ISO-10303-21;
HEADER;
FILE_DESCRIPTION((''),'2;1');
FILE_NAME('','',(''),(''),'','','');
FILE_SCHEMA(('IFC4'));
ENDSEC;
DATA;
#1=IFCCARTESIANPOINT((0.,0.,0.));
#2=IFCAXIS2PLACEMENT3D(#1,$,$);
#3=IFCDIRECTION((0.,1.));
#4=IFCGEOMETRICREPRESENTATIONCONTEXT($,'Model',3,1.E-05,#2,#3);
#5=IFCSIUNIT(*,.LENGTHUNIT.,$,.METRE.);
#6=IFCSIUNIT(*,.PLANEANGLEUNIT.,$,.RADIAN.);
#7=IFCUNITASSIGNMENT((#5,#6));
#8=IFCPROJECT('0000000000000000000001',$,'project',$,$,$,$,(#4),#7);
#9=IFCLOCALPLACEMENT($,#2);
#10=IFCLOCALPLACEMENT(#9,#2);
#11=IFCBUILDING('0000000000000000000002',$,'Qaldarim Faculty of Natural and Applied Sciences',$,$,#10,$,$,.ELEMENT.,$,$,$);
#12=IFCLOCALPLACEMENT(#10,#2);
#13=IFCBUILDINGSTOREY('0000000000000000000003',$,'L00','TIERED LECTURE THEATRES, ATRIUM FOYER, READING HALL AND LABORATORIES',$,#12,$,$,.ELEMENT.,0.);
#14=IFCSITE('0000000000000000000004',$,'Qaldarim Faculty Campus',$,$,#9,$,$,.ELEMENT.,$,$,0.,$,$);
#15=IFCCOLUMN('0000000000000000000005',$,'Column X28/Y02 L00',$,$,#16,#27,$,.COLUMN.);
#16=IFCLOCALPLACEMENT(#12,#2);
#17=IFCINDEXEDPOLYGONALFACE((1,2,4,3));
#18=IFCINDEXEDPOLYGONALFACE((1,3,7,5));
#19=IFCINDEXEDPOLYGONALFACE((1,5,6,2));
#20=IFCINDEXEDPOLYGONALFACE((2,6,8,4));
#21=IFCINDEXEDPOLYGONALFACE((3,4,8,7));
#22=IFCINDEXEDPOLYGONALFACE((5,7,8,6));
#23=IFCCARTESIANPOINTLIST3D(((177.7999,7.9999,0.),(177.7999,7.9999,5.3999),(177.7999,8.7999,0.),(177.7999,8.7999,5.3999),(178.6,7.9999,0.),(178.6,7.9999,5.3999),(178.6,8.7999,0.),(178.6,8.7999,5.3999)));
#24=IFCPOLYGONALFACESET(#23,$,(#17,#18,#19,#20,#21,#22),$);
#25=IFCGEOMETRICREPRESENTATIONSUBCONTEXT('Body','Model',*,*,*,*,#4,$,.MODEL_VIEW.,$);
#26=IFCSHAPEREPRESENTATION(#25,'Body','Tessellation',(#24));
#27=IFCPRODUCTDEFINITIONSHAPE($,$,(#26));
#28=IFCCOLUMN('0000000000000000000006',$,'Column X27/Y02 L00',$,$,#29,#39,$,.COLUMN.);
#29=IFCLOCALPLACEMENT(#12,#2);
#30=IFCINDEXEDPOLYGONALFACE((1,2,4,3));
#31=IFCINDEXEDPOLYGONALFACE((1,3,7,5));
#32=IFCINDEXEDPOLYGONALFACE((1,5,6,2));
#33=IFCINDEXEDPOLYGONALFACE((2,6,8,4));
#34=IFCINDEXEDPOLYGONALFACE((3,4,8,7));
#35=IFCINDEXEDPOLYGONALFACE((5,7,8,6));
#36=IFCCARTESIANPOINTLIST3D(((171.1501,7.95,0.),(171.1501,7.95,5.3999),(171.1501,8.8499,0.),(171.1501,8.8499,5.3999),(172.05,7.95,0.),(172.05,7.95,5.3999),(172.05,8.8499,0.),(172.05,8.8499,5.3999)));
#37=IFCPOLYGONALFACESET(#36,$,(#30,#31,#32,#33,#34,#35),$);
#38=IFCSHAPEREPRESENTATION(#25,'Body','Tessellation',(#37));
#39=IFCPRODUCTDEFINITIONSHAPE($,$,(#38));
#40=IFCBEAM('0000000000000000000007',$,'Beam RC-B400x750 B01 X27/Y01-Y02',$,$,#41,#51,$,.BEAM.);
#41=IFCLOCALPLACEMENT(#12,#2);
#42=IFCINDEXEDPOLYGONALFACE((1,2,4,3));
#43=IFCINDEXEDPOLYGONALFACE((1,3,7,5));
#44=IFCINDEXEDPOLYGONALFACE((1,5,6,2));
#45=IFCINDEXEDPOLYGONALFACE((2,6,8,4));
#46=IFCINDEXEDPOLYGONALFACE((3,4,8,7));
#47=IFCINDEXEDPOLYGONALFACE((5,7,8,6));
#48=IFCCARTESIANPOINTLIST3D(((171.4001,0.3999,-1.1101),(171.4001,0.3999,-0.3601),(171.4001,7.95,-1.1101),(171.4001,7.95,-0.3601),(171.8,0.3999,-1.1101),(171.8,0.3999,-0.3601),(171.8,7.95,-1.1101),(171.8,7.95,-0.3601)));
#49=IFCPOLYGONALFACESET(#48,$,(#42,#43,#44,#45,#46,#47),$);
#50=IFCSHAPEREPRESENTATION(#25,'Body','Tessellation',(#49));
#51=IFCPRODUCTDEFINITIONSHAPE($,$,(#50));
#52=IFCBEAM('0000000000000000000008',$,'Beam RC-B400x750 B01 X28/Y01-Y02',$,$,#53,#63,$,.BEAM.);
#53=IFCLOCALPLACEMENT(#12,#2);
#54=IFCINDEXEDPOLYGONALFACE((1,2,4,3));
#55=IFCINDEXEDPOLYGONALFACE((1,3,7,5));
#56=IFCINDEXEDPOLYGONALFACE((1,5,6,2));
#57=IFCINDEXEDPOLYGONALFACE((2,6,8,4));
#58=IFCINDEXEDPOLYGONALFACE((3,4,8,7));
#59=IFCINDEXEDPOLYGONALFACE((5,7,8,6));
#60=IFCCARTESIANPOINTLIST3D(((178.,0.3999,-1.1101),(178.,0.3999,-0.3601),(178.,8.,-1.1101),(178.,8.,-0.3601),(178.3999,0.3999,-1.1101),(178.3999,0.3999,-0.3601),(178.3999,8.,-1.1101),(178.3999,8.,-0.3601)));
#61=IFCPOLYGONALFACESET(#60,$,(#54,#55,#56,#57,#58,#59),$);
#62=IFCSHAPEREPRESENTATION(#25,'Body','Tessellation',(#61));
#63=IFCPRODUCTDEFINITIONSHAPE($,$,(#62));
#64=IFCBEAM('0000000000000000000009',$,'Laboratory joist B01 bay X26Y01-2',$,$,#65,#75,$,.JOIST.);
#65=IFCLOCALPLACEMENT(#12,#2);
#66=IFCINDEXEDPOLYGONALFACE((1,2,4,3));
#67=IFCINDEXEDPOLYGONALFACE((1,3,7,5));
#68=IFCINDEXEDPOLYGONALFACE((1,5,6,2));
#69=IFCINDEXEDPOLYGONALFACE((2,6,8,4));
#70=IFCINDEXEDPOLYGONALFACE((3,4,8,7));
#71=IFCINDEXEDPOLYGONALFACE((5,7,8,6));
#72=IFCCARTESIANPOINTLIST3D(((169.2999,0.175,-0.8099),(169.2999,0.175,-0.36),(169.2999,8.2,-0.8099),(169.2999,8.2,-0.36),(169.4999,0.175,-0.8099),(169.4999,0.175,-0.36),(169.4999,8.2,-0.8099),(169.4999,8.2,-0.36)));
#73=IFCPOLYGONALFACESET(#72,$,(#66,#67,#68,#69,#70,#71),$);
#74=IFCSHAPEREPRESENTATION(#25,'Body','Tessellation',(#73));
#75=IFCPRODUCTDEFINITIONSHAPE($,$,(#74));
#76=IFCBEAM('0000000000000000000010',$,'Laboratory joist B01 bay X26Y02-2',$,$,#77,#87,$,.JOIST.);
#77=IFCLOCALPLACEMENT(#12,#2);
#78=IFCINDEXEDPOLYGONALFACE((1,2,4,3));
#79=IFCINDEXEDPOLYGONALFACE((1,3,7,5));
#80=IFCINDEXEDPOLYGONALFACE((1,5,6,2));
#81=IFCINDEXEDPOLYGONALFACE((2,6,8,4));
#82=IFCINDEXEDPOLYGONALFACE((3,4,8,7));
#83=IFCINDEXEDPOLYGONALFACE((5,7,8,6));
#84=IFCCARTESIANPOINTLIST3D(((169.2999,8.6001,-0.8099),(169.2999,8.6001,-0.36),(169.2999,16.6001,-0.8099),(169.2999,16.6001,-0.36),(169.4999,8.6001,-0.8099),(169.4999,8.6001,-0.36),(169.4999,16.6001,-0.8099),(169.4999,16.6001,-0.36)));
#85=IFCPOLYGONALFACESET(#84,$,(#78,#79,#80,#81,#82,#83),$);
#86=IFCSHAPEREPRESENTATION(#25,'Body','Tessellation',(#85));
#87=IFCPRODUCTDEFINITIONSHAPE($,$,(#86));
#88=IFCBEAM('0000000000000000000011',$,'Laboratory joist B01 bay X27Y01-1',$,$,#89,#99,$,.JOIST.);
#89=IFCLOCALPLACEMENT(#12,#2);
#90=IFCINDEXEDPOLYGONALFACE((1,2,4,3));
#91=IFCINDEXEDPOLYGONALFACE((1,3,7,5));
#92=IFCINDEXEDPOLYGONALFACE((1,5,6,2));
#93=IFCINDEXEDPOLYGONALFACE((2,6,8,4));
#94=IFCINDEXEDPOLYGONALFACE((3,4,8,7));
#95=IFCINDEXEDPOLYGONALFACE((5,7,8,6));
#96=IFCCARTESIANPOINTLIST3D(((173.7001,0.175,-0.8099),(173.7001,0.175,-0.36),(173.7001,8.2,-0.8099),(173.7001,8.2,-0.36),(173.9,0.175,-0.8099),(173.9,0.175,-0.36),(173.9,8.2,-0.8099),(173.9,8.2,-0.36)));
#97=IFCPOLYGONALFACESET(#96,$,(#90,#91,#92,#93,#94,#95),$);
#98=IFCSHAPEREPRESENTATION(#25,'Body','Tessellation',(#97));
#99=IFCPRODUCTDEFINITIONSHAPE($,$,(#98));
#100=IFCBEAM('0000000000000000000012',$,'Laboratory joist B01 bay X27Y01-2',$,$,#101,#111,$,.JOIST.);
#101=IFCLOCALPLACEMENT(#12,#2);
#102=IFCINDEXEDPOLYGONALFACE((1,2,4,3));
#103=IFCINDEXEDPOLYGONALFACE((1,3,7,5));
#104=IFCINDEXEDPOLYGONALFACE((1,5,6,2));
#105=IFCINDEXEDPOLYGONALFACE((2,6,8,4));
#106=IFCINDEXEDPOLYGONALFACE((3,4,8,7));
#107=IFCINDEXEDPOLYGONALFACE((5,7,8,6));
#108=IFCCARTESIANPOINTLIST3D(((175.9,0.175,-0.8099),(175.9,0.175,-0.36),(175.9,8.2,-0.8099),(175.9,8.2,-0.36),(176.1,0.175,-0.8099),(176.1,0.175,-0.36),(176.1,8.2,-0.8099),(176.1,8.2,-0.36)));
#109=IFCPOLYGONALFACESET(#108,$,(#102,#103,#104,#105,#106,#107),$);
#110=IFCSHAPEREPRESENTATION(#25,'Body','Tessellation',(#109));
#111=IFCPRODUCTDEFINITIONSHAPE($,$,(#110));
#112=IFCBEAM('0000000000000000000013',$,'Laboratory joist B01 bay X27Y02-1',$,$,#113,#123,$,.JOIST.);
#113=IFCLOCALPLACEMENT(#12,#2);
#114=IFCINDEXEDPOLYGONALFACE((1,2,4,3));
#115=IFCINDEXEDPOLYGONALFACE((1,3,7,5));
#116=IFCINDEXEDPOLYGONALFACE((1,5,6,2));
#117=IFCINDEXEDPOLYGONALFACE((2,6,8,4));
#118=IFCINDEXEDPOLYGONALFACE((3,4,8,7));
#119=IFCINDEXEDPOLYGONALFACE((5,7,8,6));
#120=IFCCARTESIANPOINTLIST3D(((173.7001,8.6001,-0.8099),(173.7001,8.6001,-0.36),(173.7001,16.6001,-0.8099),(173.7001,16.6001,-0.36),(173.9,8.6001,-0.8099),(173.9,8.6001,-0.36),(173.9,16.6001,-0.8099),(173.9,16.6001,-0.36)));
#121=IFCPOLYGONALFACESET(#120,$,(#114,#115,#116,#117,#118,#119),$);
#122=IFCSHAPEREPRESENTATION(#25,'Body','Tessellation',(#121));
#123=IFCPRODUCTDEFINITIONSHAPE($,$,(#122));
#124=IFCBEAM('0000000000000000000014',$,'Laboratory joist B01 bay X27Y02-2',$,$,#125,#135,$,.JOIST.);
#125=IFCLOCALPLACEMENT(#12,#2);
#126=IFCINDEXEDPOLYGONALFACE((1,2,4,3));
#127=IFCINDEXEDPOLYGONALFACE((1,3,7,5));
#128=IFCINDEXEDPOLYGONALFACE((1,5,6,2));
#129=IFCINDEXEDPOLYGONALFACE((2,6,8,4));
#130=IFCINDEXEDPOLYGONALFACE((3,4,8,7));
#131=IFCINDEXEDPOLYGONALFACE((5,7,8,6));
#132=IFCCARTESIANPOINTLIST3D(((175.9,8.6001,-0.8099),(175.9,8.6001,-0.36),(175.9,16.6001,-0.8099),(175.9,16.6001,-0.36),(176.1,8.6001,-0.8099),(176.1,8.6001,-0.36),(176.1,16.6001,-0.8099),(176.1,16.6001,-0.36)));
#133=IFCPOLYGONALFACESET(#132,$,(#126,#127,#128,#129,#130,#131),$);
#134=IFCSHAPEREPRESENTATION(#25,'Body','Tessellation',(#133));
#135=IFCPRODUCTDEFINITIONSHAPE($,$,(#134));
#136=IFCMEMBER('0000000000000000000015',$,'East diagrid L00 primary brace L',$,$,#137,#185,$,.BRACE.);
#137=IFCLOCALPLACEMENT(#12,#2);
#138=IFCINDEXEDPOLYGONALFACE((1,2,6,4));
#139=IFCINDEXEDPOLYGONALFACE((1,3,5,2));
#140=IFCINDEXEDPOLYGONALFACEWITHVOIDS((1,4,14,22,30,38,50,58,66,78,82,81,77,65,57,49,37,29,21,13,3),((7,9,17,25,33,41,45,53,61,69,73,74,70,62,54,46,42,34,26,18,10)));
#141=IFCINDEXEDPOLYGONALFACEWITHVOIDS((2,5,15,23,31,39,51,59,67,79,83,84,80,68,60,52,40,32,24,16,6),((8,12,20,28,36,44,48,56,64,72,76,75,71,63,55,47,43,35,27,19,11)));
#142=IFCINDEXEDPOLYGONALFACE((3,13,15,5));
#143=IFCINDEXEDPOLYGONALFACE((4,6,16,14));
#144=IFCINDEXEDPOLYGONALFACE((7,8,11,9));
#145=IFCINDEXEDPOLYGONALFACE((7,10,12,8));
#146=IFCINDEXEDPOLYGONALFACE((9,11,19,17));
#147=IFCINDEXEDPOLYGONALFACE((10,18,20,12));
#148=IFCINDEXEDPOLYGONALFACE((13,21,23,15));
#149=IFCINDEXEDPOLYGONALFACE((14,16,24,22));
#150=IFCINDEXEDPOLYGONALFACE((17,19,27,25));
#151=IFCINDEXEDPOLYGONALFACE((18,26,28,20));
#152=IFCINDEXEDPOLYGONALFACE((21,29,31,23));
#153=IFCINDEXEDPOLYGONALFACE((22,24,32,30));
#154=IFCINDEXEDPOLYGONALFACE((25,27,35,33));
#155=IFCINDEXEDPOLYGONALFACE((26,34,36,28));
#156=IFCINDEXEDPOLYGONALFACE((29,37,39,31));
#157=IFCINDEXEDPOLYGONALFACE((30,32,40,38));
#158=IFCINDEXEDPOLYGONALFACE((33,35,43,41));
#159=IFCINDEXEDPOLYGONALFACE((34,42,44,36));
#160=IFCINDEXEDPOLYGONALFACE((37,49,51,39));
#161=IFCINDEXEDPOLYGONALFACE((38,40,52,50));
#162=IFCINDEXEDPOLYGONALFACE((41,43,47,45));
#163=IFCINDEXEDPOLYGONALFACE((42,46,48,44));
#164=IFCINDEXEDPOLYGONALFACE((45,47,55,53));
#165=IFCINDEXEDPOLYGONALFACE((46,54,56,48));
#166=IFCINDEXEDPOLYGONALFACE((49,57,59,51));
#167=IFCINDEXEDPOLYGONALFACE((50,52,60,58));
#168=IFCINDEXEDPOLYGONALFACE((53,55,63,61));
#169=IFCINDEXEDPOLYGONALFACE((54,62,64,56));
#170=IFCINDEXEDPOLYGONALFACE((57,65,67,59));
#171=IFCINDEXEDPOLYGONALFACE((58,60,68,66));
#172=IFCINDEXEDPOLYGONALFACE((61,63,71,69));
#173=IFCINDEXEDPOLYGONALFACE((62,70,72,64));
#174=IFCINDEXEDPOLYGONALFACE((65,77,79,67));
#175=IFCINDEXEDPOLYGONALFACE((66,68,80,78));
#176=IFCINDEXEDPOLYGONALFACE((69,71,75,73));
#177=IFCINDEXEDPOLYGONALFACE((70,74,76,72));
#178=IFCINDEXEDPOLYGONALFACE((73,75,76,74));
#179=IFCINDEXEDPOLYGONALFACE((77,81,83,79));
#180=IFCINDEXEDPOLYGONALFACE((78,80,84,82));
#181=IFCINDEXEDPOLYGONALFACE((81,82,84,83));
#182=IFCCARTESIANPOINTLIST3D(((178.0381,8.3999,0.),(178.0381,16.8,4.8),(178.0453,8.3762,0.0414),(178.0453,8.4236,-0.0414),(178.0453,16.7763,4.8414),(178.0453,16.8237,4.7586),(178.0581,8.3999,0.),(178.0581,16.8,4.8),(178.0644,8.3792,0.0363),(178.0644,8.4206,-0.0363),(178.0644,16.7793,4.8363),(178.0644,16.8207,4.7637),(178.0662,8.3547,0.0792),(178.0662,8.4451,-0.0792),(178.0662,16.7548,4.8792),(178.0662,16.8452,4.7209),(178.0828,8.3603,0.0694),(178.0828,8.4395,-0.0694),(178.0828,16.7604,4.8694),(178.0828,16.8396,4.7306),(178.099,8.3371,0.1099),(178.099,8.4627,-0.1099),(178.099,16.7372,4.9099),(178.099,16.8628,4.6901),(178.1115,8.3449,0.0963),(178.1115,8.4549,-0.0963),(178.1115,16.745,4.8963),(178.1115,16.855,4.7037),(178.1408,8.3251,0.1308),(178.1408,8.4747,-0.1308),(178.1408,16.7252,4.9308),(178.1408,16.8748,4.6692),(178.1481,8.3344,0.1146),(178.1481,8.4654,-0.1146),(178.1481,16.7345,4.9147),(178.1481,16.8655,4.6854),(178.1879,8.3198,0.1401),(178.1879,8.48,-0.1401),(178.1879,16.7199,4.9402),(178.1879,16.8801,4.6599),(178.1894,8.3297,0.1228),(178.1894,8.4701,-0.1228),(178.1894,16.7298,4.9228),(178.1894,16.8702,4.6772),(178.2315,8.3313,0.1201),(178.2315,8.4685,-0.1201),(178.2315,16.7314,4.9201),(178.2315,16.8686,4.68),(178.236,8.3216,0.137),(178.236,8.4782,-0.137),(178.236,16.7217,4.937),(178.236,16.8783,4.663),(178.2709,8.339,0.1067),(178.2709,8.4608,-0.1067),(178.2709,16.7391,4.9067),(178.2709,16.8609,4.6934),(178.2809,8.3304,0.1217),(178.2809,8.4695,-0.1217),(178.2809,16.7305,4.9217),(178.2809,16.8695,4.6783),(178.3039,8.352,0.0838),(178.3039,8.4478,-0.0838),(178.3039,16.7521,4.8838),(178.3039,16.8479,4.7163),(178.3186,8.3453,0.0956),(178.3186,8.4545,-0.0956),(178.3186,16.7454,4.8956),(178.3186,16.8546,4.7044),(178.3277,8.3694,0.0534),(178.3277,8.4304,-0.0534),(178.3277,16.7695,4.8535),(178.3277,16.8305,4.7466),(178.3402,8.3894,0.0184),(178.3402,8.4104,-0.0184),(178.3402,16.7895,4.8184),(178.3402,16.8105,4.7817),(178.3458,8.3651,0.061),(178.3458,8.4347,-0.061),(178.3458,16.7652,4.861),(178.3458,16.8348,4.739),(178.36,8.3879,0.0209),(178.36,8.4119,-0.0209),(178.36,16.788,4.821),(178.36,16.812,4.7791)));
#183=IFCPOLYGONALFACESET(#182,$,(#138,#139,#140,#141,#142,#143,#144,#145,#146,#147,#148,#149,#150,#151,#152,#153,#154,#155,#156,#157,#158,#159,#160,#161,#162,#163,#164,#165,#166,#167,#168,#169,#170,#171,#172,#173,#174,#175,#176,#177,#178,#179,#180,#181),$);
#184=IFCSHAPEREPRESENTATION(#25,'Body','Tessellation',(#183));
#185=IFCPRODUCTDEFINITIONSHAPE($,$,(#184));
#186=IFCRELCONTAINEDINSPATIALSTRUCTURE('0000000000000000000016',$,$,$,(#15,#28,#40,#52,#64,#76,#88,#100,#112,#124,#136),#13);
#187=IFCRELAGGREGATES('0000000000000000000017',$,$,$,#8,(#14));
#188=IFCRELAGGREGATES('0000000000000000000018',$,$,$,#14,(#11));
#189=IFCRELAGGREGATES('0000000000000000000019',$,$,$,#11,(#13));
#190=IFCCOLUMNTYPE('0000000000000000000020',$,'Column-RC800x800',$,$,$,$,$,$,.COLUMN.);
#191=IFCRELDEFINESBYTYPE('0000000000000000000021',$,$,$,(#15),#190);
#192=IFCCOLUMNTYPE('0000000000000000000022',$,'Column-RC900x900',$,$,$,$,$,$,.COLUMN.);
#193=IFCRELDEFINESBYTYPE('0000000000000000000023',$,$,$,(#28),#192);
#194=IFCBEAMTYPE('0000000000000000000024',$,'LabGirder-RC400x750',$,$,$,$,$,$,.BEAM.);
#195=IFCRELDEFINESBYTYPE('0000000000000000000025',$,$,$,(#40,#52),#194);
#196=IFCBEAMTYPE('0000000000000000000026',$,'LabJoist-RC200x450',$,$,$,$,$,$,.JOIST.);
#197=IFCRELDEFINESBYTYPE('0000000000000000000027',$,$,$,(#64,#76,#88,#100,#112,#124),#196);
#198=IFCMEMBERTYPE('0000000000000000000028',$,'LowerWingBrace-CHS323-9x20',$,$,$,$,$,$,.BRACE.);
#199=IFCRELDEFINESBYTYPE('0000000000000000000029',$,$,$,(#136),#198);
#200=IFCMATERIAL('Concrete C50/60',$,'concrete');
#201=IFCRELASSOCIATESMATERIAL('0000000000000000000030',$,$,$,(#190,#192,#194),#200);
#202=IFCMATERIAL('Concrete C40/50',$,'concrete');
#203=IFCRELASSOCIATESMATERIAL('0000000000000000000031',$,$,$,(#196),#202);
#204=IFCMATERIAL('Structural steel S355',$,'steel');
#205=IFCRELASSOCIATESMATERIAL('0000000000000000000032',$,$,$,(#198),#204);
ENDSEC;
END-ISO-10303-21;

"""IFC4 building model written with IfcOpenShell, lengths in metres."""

from ifc_helpers import new_model, si_unit, direction, frame, origin, origin_2d, place, context, subcontext, project, spatial, rectangle, hollow_circle, extrude, material, material_profile, profile_set, type_object, element, save


model = new_model("IFC4")

# Units and contexts
model_context = context("Model", 3, precision=1e-05, world=origin(), true_north=direction((0.0, 1.0)))
body_context = subcontext(model_context, "Body", "Model", "MODEL_VIEW")
ifc_project = project(units=[si_unit("LENGTHUNIT", "METRE"), si_unit("PLANEANGLEUNIT", "RADIAN")], contexts=[model_context])

# Site, building, storey
site_placement = place(None, origin())
site = spatial("IfcSite", under=ifc_project, at=site_placement, Name="Qaldarim Faculty Campus", CompositionType="ELEMENT", RefElevation=0.0)
building_placement = place(site_placement, origin())
building = spatial("IfcBuilding", under=site, at=building_placement, Name="Qaldarim Faculty of Natural and Applied Sciences", CompositionType="ELEMENT")
storey_placement = place(building_placement, origin())
storey = spatial("IfcBuildingStorey", under=building, at=storey_placement, Name="L00", Description="TIERED LECTURE THEATRES, ATRIUM FOYER, READING HALL AND LABORATORIES", CompositionType="ELEMENT", Elevation=0.0)

# Columns
ifc_material_1 = material(Name="Concrete C50/60", Category="concrete")
ifc_material_profile_1 = material_profile(ifc_material_1, rectangle(XDim=0.8, YDim=0.8, at=origin_2d()), Name="RC-C800x800")
ifc_profile_set_1 = profile_set([ifc_material_profile_1], Name="Concrete C50/60")
column_type_1 = type_object("IfcColumnType", Name="Column-RC800x800", PredefinedType="COLUMN", material=ifc_profile_set_1)
column_1_placement = place(storey_placement, frame((178.2, 8.3999, 0.0), z_axis=(0.0, 0.0, 1.0), x_axis=(1.0, 0.0, 0.0)))
element("IfcColumn", 1, at=column_1_placement, inside=storey, type_object=column_type_1, Name="Column X28/Y02 L00", PredefinedType="COLUMN", context=body_context, shape_type="SweptSolid", body=[
    extrude(rectangle(XDim=0.8, YDim=0.8, at=origin_2d()), origin(), (0.0, 0.0, 1.0), 5.3999),
])
ifc_material_profile_2 = material_profile(ifc_material_1, rectangle(XDim=0.8999, YDim=0.8999, at=origin_2d()), Name="RC-C900x900")
ifc_profile_set_2 = profile_set([ifc_material_profile_2], Name="Concrete C50/60")
column_type_2 = type_object("IfcColumnType", Name="Column-RC900x900", PredefinedType="COLUMN", material=ifc_profile_set_2)
column_2_placement = place(storey_placement, frame((171.6001, 8.3999, 0.0), z_axis=(0.0, 0.0, 1.0), x_axis=(1.0, 0.0, 0.0)))
element("IfcColumn", 2, at=column_2_placement, inside=storey, type_object=column_type_2, Name="Column X27/Y02 L00", PredefinedType="COLUMN", context=body_context, shape_type="SweptSolid", body=[
    extrude(rectangle(XDim=0.8999, YDim=0.8999, at=origin_2d()), origin(), (0.0, 0.0, 1.0), 5.3999),
])

# Beams
ifc_material_profile_3 = material_profile(ifc_material_1, rectangle(XDim=0.3999, YDim=0.75, at=origin_2d()), Name="RC-B400x750")
ifc_profile_set_3 = profile_set([ifc_material_profile_3], Name="Concrete C50/60")
beam_type_1 = type_object("IfcBeamType", Name="LabGirder-RC400x750", PredefinedType="BEAM", material=ifc_profile_set_3)
beam_1_placement = place(storey_placement, frame((171.6001, 0.3999, -0.7351), z_axis=(0.0, 1.0, 0.0), x_axis=(-1.0, 0.0, 0.0)))
element("IfcBeam", 3, at=beam_1_placement, inside=storey, type_object=beam_type_1, Name="Beam RC-B400x750 B01 X27/Y01-Y02", PredefinedType="BEAM", context=body_context, shape_type="SweptSolid", body=[
    extrude(rectangle(XDim=0.3999, YDim=0.75, at=origin_2d()), origin(), (0.0, 0.0, 1.0), 7.55),
])
beam_2_placement = place(storey_placement, frame((178.2, 0.3999, -0.7351), z_axis=(0.0, 1.0, 0.0), x_axis=(-1.0, 0.0, 0.0)))
element("IfcBeam", 4, at=beam_2_placement, inside=storey, type_object=beam_type_1, Name="Beam RC-B400x750 B01 X28/Y01-Y02", PredefinedType="BEAM", context=body_context, shape_type="SweptSolid", body=[
    extrude(rectangle(XDim=0.3999, YDim=0.75, at=origin_2d()), origin(), (0.0, 0.0, 1.0), 7.6001),
])
ifc_material_2 = material(Name="Concrete C40/50", Category="concrete")
ifc_material_profile_4 = material_profile(ifc_material_2, rectangle(XDim=0.2, YDim=0.45, at=origin_2d()), Name="RC-J200x450")
ifc_profile_set_4 = profile_set([ifc_material_profile_4], Name="Concrete C40/50")
beam_type_2 = type_object("IfcBeamType", Name="LabJoist-RC200x450", PredefinedType="JOIST", material=ifc_profile_set_4)
beam_3_placement = place(storey_placement, frame((169.3999, 0.175, -0.585), z_axis=(0.0, 1.0, 0.0), x_axis=(-1.0, 0.0, 0.0)))
element("IfcBeam", 5, at=beam_3_placement, inside=storey, type_object=beam_type_2, Name="Laboratory joist B01 bay X26Y01-2", PredefinedType="JOIST", context=body_context, shape_type="SweptSolid", body=[
    extrude(rectangle(XDim=0.2, YDim=0.45, at=origin_2d()), origin(), (0.0, 0.0, 1.0), 8.0249),
])
beam_4_placement = place(storey_placement, frame((169.3999, 8.6001, -0.585), z_axis=(0.0, 1.0, 0.0), x_axis=(-1.0, 0.0, 0.0)))
element("IfcBeam", 6, at=beam_4_placement, inside=storey, type_object=beam_type_2, Name="Laboratory joist B01 bay X26Y02-2", PredefinedType="JOIST", context=body_context, shape_type="SweptSolid", body=[
    extrude(rectangle(XDim=0.2, YDim=0.45, at=origin_2d()), origin(), (0.0, 0.0, 1.0), 8.0),
])
for number, where, z_axis, x_axis, name in (
    (7, (173.8, 0.175, -0.585), (0.0, 1.0, 0.0), (-1.0, 0.0, 0.0), "Laboratory joist B01 bay X27Y01-1"),
    (8, (176.0, 0.175, -0.585), (0.0, 1.0, 0.0), (-1.0, 0.0, 0.0), "Laboratory joist B01 bay X27Y01-2"),
):
    element("IfcBeam", number, at=place(storey_placement, frame(where, z_axis=z_axis, x_axis=x_axis)), inside=storey, type_object=beam_type_2, Name=name, PredefinedType="JOIST", context=body_context, shape_type="SweptSolid", body=[
        extrude(rectangle(XDim=0.2, YDim=0.45, at=origin_2d()), origin(), (0.0, 0.0, 1.0), 8.0249),
    ])
for number, where, z_axis, x_axis, name in (
    (9, (173.8, 8.6001, -0.585), (0.0, 1.0, 0.0), (-1.0, 0.0, 0.0), "Laboratory joist B01 bay X27Y02-1"),
    (10, (176.0, 8.6001, -0.585), (0.0, 1.0, 0.0), (-1.0, 0.0, 0.0), "Laboratory joist B01 bay X27Y02-2"),
):
    element("IfcBeam", number, at=place(storey_placement, frame(where, z_axis=z_axis, x_axis=x_axis)), inside=storey, type_object=beam_type_2, Name=name, PredefinedType="JOIST", context=body_context, shape_type="SweptSolid", body=[
        extrude(rectangle(XDim=0.2, YDim=0.45, at=origin_2d()), origin(), (0.0, 0.0, 1.0), 8.0),
    ])

# Member
ifc_material_3 = material(Name="Structural steel S355", Category="steel")
ifc_material_profile_5 = material_profile(ifc_material_3, hollow_circle(Radius=0.1619, WallThickness=0.02, at=origin_2d()), Name="CHS 323.9x20.0")
ifc_profile_set_5 = profile_set([ifc_material_profile_5], Name="Structural steel S355")
member_type_1 = type_object("IfcMemberType", Name="LowerWingBrace-CHS323-9x20", PredefinedType="BRACE", material=ifc_profile_set_5)
member_1_placement = place(storey_placement, frame((178.2, 8.3999, 0.0), z_axis=(0.0, 0.868245, 0.496136), x_axis=(-1.0, 0.0, 0.0)))
element("IfcMember", 11, at=member_1_placement, inside=storey, type_object=member_type_1, Name="East diagrid L00 primary brace L", PredefinedType="BRACE", context=body_context, shape_type="SweptSolid", body=[
    extrude(hollow_circle(Radius=0.1619, WallThickness=0.02, at=origin_2d()), origin(), (0.0, 0.0, 1.0), 9.6748),
])

save(model, "model.ifc")
